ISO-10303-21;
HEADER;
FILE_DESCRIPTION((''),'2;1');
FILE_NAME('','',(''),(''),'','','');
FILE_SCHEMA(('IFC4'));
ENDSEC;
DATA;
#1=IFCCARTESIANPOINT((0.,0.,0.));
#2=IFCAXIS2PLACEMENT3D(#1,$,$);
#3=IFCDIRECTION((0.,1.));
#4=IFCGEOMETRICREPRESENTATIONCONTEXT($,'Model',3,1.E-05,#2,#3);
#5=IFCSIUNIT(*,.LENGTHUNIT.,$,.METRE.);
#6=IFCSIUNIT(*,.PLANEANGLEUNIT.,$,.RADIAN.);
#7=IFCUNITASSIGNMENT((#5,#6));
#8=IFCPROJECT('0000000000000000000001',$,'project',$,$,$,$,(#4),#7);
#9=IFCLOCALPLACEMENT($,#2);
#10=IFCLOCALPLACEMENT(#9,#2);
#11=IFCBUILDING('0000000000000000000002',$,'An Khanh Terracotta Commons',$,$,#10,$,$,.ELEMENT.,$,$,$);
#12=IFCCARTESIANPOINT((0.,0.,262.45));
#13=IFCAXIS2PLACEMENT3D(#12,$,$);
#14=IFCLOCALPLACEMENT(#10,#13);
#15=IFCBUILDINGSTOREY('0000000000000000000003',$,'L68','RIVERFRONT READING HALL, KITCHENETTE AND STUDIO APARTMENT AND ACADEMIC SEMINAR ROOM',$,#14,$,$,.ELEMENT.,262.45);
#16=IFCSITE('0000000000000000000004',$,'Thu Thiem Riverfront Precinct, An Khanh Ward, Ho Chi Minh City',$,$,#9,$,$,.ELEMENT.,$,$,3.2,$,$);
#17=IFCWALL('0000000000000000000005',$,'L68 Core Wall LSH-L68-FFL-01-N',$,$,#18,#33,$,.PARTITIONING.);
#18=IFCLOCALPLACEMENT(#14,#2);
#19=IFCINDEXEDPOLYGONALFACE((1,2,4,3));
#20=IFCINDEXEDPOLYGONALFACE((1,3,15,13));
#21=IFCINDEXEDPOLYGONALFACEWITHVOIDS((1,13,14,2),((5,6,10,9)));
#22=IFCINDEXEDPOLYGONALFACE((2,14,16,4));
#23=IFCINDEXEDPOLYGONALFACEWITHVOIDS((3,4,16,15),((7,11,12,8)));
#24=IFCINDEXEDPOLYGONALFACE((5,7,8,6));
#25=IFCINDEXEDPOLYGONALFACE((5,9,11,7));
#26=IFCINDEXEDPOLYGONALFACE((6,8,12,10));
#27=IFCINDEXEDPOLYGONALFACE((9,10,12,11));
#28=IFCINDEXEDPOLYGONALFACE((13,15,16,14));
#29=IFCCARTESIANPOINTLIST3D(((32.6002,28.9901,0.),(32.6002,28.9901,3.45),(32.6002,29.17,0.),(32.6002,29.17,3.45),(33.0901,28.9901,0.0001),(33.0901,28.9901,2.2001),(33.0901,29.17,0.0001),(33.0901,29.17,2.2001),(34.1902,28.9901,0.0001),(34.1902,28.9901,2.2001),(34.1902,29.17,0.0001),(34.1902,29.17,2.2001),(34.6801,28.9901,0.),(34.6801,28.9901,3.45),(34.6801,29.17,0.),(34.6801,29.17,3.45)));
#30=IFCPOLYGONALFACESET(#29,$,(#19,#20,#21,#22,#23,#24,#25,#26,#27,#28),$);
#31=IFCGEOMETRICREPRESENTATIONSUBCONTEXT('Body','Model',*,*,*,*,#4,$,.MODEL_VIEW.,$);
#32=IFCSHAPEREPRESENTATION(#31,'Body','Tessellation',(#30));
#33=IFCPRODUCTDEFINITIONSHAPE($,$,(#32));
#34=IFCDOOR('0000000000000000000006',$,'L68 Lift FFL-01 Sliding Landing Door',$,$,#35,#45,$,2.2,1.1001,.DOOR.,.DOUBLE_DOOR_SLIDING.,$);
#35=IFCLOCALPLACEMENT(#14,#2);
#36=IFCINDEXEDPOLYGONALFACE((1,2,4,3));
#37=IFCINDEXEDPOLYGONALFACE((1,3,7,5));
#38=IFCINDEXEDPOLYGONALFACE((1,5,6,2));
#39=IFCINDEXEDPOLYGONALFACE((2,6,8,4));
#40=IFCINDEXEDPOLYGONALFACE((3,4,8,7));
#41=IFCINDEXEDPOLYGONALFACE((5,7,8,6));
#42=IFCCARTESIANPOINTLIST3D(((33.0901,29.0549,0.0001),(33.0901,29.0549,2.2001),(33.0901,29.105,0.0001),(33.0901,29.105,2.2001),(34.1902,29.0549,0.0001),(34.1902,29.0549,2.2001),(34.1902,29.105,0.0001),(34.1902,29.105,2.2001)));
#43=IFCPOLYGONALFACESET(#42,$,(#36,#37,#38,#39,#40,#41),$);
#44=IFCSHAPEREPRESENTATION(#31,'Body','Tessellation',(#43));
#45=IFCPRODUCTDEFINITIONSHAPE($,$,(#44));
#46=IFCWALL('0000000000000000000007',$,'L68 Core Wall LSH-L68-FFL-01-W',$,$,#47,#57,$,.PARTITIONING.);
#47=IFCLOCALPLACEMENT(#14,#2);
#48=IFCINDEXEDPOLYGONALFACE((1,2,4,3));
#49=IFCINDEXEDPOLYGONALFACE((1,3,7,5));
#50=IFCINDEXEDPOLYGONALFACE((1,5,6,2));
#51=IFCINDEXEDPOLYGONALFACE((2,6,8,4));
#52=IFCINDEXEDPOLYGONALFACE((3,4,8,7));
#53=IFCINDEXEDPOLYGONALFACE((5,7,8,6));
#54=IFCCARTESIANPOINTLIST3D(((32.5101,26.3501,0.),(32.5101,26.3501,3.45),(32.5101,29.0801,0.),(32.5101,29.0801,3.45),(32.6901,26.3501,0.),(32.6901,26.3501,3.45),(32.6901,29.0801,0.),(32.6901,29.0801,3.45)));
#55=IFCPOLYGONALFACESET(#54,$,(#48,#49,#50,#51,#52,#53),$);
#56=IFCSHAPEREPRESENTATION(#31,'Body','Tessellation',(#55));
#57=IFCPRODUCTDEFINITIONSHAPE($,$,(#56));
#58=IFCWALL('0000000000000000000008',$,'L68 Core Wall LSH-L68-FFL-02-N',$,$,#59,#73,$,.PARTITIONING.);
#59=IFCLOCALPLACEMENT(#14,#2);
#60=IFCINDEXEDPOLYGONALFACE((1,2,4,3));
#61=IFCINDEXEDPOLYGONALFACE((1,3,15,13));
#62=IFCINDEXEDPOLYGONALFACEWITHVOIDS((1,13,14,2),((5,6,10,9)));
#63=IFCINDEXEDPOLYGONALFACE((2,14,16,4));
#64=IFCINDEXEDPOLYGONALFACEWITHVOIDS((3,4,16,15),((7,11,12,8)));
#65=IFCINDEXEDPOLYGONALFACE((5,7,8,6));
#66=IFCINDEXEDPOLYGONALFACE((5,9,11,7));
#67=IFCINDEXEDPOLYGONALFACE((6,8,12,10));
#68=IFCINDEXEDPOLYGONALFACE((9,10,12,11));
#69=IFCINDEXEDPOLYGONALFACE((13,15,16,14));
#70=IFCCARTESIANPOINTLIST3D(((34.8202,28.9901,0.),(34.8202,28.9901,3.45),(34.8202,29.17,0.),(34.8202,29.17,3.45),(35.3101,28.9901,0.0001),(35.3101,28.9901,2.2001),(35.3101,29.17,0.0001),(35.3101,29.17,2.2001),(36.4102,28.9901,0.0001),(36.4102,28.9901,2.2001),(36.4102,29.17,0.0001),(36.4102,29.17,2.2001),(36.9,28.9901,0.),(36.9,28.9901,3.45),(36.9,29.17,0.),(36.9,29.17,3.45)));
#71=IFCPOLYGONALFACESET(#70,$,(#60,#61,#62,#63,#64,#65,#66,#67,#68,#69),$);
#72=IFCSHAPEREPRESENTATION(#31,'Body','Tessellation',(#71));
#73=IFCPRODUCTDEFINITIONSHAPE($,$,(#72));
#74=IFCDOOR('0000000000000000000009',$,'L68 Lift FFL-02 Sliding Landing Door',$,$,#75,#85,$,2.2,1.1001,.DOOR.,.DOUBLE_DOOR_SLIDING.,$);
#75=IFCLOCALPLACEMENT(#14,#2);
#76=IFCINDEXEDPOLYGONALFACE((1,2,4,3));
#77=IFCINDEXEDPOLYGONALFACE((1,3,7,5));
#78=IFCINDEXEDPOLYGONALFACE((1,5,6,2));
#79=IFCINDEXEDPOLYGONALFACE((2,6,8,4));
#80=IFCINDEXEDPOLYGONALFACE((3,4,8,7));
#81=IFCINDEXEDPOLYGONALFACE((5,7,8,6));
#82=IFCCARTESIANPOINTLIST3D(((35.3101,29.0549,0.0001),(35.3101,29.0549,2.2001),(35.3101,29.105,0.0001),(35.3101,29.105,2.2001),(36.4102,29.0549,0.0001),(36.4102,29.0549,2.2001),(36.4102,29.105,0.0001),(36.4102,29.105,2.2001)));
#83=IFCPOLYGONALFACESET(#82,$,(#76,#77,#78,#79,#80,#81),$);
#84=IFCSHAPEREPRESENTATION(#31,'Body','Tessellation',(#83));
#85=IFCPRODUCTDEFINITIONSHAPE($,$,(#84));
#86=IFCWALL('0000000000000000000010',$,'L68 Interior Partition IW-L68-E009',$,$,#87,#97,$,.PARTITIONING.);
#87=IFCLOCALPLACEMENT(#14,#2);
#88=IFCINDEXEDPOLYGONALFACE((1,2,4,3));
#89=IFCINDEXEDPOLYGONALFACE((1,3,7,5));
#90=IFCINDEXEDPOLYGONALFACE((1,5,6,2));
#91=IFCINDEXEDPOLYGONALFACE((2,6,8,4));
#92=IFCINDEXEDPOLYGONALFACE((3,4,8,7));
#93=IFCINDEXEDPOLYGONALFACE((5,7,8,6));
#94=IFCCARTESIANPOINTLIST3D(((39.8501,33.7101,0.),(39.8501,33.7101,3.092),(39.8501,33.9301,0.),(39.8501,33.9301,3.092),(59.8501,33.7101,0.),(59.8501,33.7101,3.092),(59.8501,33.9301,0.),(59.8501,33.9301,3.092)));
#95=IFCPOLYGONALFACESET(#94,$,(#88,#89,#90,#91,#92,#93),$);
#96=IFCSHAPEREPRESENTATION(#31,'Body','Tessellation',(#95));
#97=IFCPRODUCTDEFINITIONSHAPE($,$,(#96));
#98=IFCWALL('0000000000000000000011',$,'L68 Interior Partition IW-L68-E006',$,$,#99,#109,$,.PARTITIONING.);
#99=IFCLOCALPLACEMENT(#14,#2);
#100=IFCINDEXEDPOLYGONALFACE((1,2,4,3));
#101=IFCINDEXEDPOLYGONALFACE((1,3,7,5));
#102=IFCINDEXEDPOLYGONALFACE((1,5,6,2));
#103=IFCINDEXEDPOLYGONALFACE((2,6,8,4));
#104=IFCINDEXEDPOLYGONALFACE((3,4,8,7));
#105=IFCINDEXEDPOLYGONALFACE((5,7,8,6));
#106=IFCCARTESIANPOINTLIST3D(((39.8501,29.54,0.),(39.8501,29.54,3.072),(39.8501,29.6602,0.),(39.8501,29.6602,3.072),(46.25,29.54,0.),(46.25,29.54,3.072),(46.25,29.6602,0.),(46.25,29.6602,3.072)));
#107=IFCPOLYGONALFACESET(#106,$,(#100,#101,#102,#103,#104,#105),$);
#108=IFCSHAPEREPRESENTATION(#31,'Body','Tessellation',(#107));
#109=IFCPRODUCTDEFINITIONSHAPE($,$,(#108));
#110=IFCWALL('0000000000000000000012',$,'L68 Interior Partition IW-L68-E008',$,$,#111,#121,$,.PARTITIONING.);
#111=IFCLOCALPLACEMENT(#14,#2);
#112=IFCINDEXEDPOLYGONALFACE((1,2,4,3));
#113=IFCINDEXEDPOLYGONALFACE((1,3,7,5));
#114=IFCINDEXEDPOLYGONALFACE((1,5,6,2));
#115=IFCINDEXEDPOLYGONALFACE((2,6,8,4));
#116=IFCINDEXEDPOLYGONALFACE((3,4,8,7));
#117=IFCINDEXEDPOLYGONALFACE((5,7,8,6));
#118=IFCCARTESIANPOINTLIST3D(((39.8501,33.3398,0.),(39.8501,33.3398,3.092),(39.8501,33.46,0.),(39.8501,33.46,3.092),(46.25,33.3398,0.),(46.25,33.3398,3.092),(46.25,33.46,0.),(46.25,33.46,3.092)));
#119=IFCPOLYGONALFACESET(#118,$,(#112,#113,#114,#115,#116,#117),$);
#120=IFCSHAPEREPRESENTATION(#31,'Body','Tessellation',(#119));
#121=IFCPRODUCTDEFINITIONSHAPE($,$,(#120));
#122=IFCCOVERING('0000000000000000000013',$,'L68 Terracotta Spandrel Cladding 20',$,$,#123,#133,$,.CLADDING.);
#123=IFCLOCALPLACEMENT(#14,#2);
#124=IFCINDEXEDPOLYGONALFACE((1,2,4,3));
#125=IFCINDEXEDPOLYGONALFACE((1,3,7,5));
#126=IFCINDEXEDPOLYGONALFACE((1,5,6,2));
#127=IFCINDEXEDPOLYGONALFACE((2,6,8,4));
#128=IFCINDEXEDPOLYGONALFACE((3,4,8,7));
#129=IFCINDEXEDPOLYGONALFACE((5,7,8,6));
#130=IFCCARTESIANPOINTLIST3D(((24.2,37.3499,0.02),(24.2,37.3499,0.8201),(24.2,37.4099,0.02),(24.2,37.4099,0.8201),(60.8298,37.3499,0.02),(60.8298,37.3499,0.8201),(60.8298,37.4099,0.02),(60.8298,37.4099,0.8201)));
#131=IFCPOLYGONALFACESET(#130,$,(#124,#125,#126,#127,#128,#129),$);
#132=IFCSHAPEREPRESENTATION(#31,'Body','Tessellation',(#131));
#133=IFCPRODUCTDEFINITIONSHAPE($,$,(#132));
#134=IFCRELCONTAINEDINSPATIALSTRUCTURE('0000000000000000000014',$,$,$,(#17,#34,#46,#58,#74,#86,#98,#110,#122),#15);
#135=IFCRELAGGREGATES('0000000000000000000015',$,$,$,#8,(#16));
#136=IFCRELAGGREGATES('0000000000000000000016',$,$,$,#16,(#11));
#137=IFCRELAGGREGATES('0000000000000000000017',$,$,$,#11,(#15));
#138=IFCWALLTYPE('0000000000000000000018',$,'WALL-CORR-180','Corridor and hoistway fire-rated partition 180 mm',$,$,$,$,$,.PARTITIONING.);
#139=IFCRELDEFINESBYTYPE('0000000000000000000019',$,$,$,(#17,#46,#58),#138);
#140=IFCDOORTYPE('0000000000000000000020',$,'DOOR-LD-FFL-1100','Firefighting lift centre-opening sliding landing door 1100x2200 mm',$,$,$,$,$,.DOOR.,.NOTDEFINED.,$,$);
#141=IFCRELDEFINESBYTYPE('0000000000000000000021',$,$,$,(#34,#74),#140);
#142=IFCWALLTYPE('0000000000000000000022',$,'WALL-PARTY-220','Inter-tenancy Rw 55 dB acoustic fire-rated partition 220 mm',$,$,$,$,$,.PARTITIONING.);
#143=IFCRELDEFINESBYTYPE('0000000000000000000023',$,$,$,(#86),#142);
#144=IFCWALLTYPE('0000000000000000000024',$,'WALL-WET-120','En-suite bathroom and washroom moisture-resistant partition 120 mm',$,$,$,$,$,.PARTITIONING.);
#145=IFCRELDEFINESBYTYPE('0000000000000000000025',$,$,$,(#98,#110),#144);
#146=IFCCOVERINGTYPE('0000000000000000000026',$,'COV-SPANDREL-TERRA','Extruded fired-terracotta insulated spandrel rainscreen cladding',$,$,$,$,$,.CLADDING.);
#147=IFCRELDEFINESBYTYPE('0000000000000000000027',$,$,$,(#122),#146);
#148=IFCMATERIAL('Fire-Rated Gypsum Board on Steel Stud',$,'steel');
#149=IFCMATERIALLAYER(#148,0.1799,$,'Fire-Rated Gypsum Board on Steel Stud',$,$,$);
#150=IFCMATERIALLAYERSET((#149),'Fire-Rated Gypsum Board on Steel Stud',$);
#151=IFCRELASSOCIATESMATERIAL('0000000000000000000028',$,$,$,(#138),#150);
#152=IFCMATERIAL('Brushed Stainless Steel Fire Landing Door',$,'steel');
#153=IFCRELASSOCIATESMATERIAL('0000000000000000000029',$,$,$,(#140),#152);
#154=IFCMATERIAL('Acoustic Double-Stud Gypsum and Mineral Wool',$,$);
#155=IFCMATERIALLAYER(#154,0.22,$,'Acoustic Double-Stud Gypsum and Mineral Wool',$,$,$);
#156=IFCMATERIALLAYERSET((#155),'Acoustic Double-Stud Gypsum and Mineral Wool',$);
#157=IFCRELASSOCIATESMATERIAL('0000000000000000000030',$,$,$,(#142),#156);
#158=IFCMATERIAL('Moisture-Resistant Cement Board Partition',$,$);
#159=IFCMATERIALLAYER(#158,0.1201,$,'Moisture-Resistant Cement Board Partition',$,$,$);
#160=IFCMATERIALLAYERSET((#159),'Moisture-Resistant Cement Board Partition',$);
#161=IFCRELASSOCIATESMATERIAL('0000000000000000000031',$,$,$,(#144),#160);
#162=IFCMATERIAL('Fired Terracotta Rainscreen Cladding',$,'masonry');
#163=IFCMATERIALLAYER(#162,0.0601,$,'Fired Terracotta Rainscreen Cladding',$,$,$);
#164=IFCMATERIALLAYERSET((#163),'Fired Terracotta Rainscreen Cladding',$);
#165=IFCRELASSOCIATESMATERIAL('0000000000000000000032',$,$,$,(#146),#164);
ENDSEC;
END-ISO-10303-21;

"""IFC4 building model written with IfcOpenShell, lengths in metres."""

from ifc_helpers import new_model, si_unit, direction, frame, frame_2d, origin, origin_2d, place, context, subcontext, project, spatial, rectangle, extrude, material, layer, layer_set, type_object, element, fill, save


model = new_model("IFC4")

# Units and contexts
model_context = context("Model", 3, precision=1e-05, world=origin(), true_north=direction((0.0, 1.0)))
body_context = subcontext(model_context, "Body", "Model", "MODEL_VIEW")
ifc_project = project(units=[si_unit("LENGTHUNIT", "METRE"), si_unit("PLANEANGLEUNIT", "RADIAN")], contexts=[model_context])

# Site, building, storey
site_placement = place(None, origin())
site = spatial("IfcSite", under=ifc_project, at=site_placement, Name="Thu Thiem Riverfront Precinct, An Khanh Ward, Ho Chi Minh City", CompositionType="ELEMENT", RefElevation=3.2)
building_placement = place(site_placement, origin())
building = spatial("IfcBuilding", under=site, at=building_placement, Name="An Khanh Terracotta Commons", CompositionType="ELEMENT")
storey_placement = place(building_placement, frame((0.0, 0.0, 262.45)))
storey = spatial("IfcBuildingStorey", under=building, at=storey_placement, Name="L68", Description="RIVERFRONT READING HALL, KITCHENETTE AND STUDIO APARTMENT AND ACADEMIC SEMINAR ROOM", CompositionType="ELEMENT", Elevation=262.45)

# Shared definitions
ifc_material_1 = material(Name="Fire-Rated Gypsum Board on Steel Stud", Category="steel")
ifc_layer_1 = layer(ifc_material_1, 0.1799, Name="Fire-Rated Gypsum Board on Steel Stud")
ifc_layer_set_1 = layer_set([ifc_layer_1], Name="Fire-Rated Gypsum Board on Steel Stud")
wall_type_1 = type_object("IfcWallType", Name="WALL-CORR-180", Description="Corridor and hoistway fire-rated partition 180 mm", PredefinedType="PARTITIONING", material=ifc_layer_set_1)

# Wall, opening, door
wall_1_placement = place(storey_placement, frame((32.6001, 29.0801, 0.0), z_axis=(0.0, 0.0, 1.0), x_axis=(1.0, 0.0, 0.0)))
wall_1 = element("IfcWall", 1, at=wall_1_placement, inside=storey, type_object=wall_type_1, Name="L68 Core Wall LSH-L68-FFL-01-N", PredefinedType="PARTITIONING", context=body_context, shape_type="SweptSolid", body=[
    extrude(rectangle(XDim=2.0798, YDim=0.1799, at=frame_2d((1.04, 0.0))), origin(), (0.0, 0.0, 1.0), 3.45),
])
opening_1_placement = place(wall_1_placement, frame((0.49, 0.0, 0.0)))
opening_1 = element("IfcOpeningElement", 2, at=opening_1_placement, cuts=wall_1, PredefinedType="OPENING", context=body_context, shape_type="SweptSolid", body=[
    extrude(rectangle(XDim=1.1001, YDim=2.2, at=frame_2d((0.55, 1.1001))), frame((0.0, 0.0999, 0.0), z_axis=(0.0, -1.0, 0.0), x_axis=(1.0, 0.0, 0.0)), (0.0, 0.0, 1.0), 0.2),
])
ifc_material_2 = material(Name="Brushed Stainless Steel Fire Landing Door", Category="steel")
door_type_1 = type_object("IfcDoorType", Name="DOOR-LD-FFL-1100", Description="Firefighting lift centre-opening sliding landing door 1100x2200 mm", OperationType="NOTDEFINED", PredefinedType="DOOR", material=ifc_material_2)
door_1_placement = place(opening_1_placement, origin())
door_1 = element("IfcDoor", 3, at=door_1_placement, inside=storey, type_object=door_type_1, Name="L68 Lift FFL-01 Sliding Landing Door", OperationType="DOUBLE_DOOR_SLIDING", OverallHeight=2.2, OverallWidth=1.1001, PredefinedType="DOOR", context=body_context, shape_type="SweptSolid", body=[
    extrude(rectangle(XDim=1.1001, YDim=2.2, at=frame_2d((0.55, 1.1001))), frame((0.0, 0.0249, 0.0), z_axis=(0.0, -1.0, 0.0), x_axis=(1.0, 0.0, 0.0)), (0.0, 0.0, 1.0), 0.05),
])
fill(opening_1, door_1)

# Wall
wall_2_placement = place(storey_placement, frame((32.6001, 29.0801, 0.0), z_axis=(0.0, 0.0, 1.0), x_axis=(0.0, -1.0, 0.0)))
element("IfcWall", 4, at=wall_2_placement, inside=storey, type_object=wall_type_1, Name="L68 Core Wall LSH-L68-FFL-01-W", PredefinedType="PARTITIONING", context=body_context, shape_type="SweptSolid", body=[
    extrude(rectangle(XDim=2.73, YDim=0.1799, at=frame_2d((1.365, 0.0))), origin(), (0.0, 0.0, 1.0), 3.45),
])

# Wall, opening, door
wall_3_placement = place(storey_placement, frame((34.8201, 29.0801, 0.0), z_axis=(0.0, 0.0, 1.0), x_axis=(1.0, 0.0, 0.0)))
wall_3 = element("IfcWall", 5, at=wall_3_placement, inside=storey, type_object=wall_type_1, Name="L68 Core Wall LSH-L68-FFL-02-N", PredefinedType="PARTITIONING", context=body_context, shape_type="SweptSolid", body=[
    extrude(rectangle(XDim=2.0798, YDim=0.1799, at=frame_2d((1.04, 0.0))), origin(), (0.0, 0.0, 1.0), 3.45),
])
opening_2_placement = place(wall_3_placement, frame((0.49, 0.0, 0.0)))
opening_2 = element("IfcOpeningElement", 6, at=opening_2_placement, cuts=wall_3, PredefinedType="OPENING", context=body_context, shape_type="SweptSolid", body=[
    extrude(rectangle(XDim=1.1001, YDim=2.2, at=frame_2d((0.55, 1.1001))), frame((0.0, 0.0999, 0.0), z_axis=(0.0, -1.0, 0.0), x_axis=(1.0, 0.0, 0.0)), (0.0, 0.0, 1.0), 0.2),
])
door_2_placement = place(opening_2_placement, origin())
door_2 = element("IfcDoor", 7, at=door_2_placement, inside=storey, type_object=door_type_1, Name="L68 Lift FFL-02 Sliding Landing Door", OperationType="DOUBLE_DOOR_SLIDING", OverallHeight=2.2, OverallWidth=1.1001, PredefinedType="DOOR", context=body_context, shape_type="SweptSolid", body=[
    extrude(rectangle(XDim=1.1001, YDim=2.2, at=frame_2d((0.55, 1.1001))), frame((0.0, 0.0249, 0.0), z_axis=(0.0, -1.0, 0.0), x_axis=(1.0, 0.0, 0.0)), (0.0, 0.0, 1.0), 0.05),
])
fill(opening_2, door_2)

# Wall
ifc_material_3 = material(Name="Acoustic Double-Stud Gypsum and Mineral Wool")
ifc_layer_2 = layer(ifc_material_3, 0.22, Name="Acoustic Double-Stud Gypsum and Mineral Wool")
ifc_layer_set_2 = layer_set([ifc_layer_2], Name="Acoustic Double-Stud Gypsum and Mineral Wool")
wall_type_2 = type_object("IfcWallType", Name="WALL-PARTY-220", Description="Inter-tenancy Rw 55 dB acoustic fire-rated partition 220 mm", PredefinedType="PARTITIONING", material=ifc_layer_set_2)
wall_4_placement = place(storey_placement, frame((39.8501, 33.8201, 0.0), z_axis=(0.0, 0.0, 1.0), x_axis=(1.0, 0.0, 0.0)))
element("IfcWall", 8, at=wall_4_placement, inside=storey, type_object=wall_type_2, Name="L68 Interior Partition IW-L68-E009", PredefinedType="PARTITIONING", context=body_context, shape_type="SweptSolid", body=[
    extrude(rectangle(XDim=20.0, YDim=0.22, at=frame_2d((10.0, 0.0))), origin(), (0.0, 0.0, 1.0), 3.092),
])

# Walls
ifc_material_4 = material(Name="Moisture-Resistant Cement Board Partition")
ifc_layer_3 = layer(ifc_material_4, 0.1201, Name="Moisture-Resistant Cement Board Partition")
ifc_layer_set_3 = layer_set([ifc_layer_3], Name="Moisture-Resistant Cement Board Partition")
wall_type_3 = type_object("IfcWallType", Name="WALL-WET-120", Description="En-suite bathroom and washroom moisture-resistant partition 120 mm", PredefinedType="PARTITIONING", material=ifc_layer_set_3)
wall_5_placement = place(storey_placement, frame((39.8501, 29.6001, 0.0), z_axis=(0.0, 0.0, 1.0), x_axis=(1.0, 0.0, 0.0)))
element("IfcWall", 9, at=wall_5_placement, inside=storey, type_object=wall_type_3, Name="L68 Interior Partition IW-L68-E006", PredefinedType="PARTITIONING", context=body_context, shape_type="SweptSolid", body=[
    extrude(rectangle(XDim=6.3999, YDim=0.1201, at=frame_2d((3.2, 0.0))), origin(), (0.0, 0.0, 1.0), 3.072),
])
wall_6_placement = place(storey_placement, frame((39.8501, 33.3999, 0.0), z_axis=(0.0, 0.0, 1.0), x_axis=(1.0, 0.0, 0.0)))
element("IfcWall", 10, at=wall_6_placement, inside=storey, type_object=wall_type_3, Name="L68 Interior Partition IW-L68-E008", PredefinedType="PARTITIONING", context=body_context, shape_type="SweptSolid", body=[
    extrude(rectangle(XDim=6.3999, YDim=0.1201, at=frame_2d((3.2, 0.0))), origin(), (0.0, 0.0, 1.0), 3.092),
])

# Covering
ifc_material_5 = material(Name="Fired Terracotta Rainscreen Cladding", Category="masonry")
ifc_layer_4 = layer(ifc_material_5, 0.0601, Name="Fired Terracotta Rainscreen Cladding")
ifc_layer_set_4 = layer_set([ifc_layer_4], Name="Fired Terracotta Rainscreen Cladding")
covering_type = type_object("IfcCoveringType", Name="COV-SPANDREL-TERRA", Description="Extruded fired-terracotta insulated spandrel rainscreen cladding", PredefinedType="CLADDING", material=ifc_layer_set_4)
covering_placement = place(storey_placement, frame((42.5149, 37.3799, 0.02), z_axis=(0.0, 0.0, 1.0), x_axis=(-1.0, 0.0, 0.0)))
element("IfcCovering", 11, at=covering_placement, inside=storey, type_object=covering_type, Name="L68 Terracotta Spandrel Cladding 20", PredefinedType="CLADDING", context=body_context, shape_type="SweptSolid", body=[
    extrude(rectangle(XDim=36.6299, YDim=0.0601, at=origin_2d()), origin(), (0.0, 0.0, 1.0), 0.8),
])

save(model, "model.ifc")
